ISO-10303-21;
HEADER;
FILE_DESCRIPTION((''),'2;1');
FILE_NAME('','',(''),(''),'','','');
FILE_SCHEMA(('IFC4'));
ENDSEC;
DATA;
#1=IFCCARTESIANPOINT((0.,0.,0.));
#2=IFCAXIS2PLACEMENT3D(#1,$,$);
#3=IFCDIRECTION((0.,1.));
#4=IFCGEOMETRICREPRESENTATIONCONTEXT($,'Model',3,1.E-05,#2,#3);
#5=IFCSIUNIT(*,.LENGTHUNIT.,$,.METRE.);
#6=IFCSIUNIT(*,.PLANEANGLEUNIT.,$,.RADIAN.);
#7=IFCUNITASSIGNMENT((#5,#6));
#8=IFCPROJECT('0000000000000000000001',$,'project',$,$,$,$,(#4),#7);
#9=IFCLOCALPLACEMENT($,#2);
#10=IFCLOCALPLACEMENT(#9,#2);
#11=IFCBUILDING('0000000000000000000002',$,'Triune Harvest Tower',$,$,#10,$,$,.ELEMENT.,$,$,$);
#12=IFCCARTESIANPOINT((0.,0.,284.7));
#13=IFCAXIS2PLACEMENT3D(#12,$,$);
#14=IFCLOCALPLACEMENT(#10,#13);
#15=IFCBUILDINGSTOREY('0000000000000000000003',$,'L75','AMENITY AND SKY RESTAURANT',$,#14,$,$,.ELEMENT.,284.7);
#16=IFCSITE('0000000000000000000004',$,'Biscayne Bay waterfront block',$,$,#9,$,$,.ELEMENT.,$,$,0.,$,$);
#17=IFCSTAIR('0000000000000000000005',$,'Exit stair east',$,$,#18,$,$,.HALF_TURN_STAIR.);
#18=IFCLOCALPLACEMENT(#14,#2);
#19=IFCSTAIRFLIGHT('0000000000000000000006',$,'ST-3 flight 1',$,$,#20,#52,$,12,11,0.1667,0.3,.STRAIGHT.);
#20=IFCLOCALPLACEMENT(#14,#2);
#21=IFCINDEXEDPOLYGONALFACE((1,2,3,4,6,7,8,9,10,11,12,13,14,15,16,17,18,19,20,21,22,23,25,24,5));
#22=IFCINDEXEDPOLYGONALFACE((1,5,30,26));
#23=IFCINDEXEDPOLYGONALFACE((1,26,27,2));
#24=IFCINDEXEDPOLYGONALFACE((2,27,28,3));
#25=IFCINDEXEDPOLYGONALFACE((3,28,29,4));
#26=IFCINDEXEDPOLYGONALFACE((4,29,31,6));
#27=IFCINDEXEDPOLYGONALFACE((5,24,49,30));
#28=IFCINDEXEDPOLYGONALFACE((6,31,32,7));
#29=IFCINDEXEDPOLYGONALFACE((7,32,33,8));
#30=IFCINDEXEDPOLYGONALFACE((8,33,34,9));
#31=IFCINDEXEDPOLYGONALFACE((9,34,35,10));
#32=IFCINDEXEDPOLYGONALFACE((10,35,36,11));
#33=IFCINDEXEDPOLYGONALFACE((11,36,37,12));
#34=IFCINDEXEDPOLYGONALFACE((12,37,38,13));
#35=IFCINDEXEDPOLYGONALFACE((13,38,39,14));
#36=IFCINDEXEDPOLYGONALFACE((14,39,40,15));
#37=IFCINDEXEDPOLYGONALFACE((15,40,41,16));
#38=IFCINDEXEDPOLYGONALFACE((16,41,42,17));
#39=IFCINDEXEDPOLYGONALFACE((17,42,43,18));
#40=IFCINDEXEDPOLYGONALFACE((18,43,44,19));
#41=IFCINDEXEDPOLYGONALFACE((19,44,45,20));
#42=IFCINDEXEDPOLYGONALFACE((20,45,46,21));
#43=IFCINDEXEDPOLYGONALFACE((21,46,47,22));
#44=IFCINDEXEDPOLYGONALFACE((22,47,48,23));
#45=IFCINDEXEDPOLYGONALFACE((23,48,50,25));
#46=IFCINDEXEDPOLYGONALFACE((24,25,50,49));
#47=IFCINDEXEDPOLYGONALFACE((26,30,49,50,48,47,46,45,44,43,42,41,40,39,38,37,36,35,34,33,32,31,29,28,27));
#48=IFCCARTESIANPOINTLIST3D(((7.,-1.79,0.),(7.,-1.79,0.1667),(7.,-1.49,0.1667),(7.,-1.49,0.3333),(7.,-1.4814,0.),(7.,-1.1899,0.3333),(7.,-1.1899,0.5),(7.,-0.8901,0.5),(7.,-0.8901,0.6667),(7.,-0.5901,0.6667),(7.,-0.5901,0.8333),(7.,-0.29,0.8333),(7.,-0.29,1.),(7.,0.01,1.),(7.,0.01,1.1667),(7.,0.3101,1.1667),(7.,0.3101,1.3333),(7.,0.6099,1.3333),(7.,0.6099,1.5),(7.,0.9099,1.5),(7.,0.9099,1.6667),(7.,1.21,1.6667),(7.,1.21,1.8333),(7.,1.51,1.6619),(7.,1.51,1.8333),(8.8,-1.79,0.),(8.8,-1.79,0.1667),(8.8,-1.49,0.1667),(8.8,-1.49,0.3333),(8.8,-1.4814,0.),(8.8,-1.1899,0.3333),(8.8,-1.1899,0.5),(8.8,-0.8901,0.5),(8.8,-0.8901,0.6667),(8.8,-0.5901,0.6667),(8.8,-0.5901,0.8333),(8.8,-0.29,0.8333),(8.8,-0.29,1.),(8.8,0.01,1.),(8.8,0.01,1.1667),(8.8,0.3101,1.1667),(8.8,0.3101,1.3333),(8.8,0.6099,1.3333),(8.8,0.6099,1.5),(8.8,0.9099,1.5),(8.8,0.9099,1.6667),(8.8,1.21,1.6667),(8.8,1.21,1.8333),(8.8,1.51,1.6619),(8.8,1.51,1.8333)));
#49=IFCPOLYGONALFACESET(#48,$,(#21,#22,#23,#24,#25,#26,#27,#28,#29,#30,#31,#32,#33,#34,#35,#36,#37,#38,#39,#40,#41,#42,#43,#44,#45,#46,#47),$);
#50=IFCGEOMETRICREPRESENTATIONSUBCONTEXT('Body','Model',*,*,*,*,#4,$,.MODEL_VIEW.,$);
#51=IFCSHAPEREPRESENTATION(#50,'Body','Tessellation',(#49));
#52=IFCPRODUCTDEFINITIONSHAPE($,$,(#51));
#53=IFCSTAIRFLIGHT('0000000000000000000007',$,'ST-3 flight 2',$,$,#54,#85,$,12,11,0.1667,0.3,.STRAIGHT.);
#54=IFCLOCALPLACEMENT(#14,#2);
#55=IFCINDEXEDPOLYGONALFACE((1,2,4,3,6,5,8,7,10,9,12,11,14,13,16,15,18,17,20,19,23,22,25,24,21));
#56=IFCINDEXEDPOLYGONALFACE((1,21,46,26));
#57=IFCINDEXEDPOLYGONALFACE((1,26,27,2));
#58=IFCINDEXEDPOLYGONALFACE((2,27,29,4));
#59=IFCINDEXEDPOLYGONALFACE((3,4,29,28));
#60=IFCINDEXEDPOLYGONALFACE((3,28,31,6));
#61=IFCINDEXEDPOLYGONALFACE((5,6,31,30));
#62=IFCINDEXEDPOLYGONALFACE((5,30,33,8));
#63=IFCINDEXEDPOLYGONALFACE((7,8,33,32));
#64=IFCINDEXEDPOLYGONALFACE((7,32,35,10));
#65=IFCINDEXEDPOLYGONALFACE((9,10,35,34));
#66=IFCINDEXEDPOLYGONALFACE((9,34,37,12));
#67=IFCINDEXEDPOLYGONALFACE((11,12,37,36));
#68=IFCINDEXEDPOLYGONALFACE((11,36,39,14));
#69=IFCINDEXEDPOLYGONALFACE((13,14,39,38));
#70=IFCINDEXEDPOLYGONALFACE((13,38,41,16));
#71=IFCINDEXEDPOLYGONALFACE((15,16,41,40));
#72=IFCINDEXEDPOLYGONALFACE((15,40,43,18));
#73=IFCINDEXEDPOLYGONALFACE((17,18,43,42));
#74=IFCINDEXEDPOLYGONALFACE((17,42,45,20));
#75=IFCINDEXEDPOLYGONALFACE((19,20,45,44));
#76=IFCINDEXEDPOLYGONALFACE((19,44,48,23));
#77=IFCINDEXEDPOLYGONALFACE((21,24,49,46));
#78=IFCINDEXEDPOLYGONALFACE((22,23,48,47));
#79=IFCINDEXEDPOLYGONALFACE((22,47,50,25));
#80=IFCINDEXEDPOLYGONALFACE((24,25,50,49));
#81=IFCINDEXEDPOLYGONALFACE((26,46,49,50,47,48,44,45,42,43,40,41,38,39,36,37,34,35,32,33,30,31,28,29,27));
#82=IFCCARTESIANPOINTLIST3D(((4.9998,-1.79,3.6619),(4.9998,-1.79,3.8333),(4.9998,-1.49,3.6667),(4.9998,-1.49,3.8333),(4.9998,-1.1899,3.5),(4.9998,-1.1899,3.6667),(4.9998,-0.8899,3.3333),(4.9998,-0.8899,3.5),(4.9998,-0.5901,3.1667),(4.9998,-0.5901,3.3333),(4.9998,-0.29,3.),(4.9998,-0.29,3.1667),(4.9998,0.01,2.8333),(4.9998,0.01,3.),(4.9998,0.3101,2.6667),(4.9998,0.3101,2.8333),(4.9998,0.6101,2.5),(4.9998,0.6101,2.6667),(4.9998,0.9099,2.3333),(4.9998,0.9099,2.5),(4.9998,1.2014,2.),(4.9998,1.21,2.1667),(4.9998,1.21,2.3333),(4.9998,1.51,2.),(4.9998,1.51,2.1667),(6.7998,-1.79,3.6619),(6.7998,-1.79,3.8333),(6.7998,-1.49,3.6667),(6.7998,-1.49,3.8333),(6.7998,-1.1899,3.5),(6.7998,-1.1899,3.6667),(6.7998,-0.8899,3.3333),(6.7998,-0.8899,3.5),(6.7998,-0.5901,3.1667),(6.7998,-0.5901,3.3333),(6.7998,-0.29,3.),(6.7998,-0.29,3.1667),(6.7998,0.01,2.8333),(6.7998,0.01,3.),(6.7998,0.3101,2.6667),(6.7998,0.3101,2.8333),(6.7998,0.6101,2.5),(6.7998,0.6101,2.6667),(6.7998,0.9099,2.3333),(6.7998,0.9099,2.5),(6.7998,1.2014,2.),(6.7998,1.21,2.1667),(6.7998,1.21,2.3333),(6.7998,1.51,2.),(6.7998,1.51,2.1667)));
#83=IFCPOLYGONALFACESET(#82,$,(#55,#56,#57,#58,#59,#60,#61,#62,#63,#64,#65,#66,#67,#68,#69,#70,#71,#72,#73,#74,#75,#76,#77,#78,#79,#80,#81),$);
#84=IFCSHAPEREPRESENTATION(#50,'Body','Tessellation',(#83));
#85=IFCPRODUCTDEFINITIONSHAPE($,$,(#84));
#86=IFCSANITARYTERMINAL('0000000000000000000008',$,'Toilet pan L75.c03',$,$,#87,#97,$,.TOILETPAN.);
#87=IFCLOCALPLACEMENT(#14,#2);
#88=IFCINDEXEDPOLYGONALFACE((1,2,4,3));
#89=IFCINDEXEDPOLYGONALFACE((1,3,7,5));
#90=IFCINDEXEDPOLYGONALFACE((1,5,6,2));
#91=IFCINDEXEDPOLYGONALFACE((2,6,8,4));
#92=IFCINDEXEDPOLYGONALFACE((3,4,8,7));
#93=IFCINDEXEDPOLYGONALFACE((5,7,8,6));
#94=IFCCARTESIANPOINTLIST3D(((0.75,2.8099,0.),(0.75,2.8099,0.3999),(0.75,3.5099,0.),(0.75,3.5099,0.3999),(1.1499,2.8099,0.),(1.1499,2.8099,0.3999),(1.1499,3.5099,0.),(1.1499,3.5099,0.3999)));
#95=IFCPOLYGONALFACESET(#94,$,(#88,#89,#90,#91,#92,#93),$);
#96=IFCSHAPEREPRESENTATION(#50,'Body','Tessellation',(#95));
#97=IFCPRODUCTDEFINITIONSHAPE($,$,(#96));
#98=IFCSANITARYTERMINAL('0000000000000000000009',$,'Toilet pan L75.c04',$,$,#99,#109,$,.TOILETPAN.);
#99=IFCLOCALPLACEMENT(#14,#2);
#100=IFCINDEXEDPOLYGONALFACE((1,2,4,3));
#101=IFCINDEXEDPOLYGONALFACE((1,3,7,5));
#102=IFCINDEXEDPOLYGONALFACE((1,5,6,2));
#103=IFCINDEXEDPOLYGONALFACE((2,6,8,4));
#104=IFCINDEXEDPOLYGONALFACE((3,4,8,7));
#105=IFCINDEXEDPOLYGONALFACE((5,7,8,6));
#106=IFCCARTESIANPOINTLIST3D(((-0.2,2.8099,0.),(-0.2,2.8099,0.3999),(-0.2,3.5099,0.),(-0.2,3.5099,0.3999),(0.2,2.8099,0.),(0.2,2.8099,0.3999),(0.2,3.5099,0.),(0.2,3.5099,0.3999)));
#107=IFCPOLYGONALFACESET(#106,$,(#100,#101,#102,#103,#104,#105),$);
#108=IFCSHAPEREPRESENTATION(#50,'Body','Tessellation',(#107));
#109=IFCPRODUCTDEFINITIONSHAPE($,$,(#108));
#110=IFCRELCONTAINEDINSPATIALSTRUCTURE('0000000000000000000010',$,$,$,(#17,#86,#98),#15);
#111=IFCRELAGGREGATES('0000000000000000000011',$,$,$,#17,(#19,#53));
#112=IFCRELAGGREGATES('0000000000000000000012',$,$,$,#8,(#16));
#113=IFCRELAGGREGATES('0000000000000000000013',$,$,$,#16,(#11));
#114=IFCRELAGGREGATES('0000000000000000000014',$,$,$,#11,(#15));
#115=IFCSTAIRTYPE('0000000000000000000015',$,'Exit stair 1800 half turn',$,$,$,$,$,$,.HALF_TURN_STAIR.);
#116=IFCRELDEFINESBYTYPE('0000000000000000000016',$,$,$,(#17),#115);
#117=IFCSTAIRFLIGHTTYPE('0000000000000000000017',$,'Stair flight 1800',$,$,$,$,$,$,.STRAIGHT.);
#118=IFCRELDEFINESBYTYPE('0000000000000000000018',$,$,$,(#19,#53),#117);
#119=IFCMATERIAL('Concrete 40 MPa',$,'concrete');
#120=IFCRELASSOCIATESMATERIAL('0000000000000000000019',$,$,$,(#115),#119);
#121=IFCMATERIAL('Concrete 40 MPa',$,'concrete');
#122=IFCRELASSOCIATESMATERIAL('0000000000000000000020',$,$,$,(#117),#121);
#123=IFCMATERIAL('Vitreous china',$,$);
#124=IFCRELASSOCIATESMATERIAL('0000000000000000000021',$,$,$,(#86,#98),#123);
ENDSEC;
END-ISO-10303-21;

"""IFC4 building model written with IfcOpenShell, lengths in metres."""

from ifc_helpers import new_model, si_unit, direction, frame, origin, origin_2d, place, context, subcontext, project, spatial, polyline, rectangle, outline, extrude, source, transform, mapped, material, type_object, element, aggregate, save


model = new_model("IFC4")

# Units and contexts
model_context = context("Model", 3, precision=1e-05, world=origin(), true_north=direction((0.0, 1.0)))
body_context = subcontext(model_context, "Body", "Model", "MODEL_VIEW")
ifc_project = project(units=[si_unit("LENGTHUNIT", "METRE"), si_unit("PLANEANGLEUNIT", "RADIAN")], contexts=[model_context])

# Site, building, storey
site_placement = place(None, origin())
site = spatial("IfcSite", under=ifc_project, at=site_placement, Name="Biscayne Bay waterfront block", CompositionType="ELEMENT", RefElevation=0.0)
building_placement = place(site_placement, origin())
building = spatial("IfcBuilding", under=site, at=building_placement, Name="Triune Harvest Tower", CompositionType="ELEMENT")
storey_placement = place(building_placement, frame((0.0, 0.0, 284.7)))
storey = spatial("IfcBuildingStorey", under=building, at=storey_placement, Name="L75", Description="AMENITY AND SKY RESTAURANT", CompositionType="ELEMENT", Elevation=284.7)

# Stair
ifc_material_1 = material(Name="Concrete 40 MPa", Category="concrete")
stair_type = type_object("IfcStairType", Name="Exit stair 1800 half turn", PredefinedType="HALF_TURN_STAIR", material=ifc_material_1)
stair_1_placement = place(storey_placement, origin())
stair_1 = element("IfcStair", 1, at=stair_1_placement, inside=storey, type_object=stair_type, Name="Exit stair east", PredefinedType="HALF_TURN_STAIR")

# Stair flights
ifc_material_2 = material(Name="Concrete 40 MPa", Category="concrete")
stair_flight_type = type_object("IfcStairFlightType", Name="Stair flight 1800", PredefinedType="STRAIGHT", material=ifc_material_2)
shared_shape_1 = source(origin(), body_context, "Body", "SweptSolid", [
    extrude(outline(polyline([(0.0, 0.0), (0.0, 0.1667), (0.3, 0.1667), (0.3, 0.3333), (0.6001, 0.3333), (0.6001, 0.5), (0.8999, 0.5), (0.8999, 0.6667), (1.2, 0.6667), (1.2, 0.8333), (1.5, 0.8333), (1.5, 1.0), (1.8, 1.0), (1.8, 1.1667), (2.1001, 1.1667), (2.1001, 1.3333), (2.3999, 1.3333), (2.3999, 1.5), (2.7, 1.5), (2.7, 1.6667), (3.0, 1.6667), (3.0, 1.8333), (3.3, 1.8333), (3.3, 2.0), (3.3, 1.6619), (0.3086, 0.0), (0.0, 0.0)])), frame((0.0, 0.8999, 0.0), z_axis=(0.0, -1.0, 0.0), x_axis=(1.0, 0.0, 0.0)), (0.0, 0.0, 1.0), 1.8),
])
stair_flight_1_placement = place(storey_placement, frame((7.8999, -1.79, 0.0), z_axis=(0.0, 0.0, 1.0), x_axis=(0.0, 1.0, 0.0)))
stair_flight_1 = element("IfcStairFlight", 2, at=stair_flight_1_placement, type_object=stair_flight_type, Name="ST-3 flight 1", NumberOfRisers=12, NumberOfTreads=11, PredefinedType="STRAIGHT", RiserHeight=0.1667, TreadLength=0.3, context=body_context, shape_type="MappedRepresentation", body=[
    mapped(shared_shape_1, transform((0.0, 0.0, 0.0), scale=1.0)),
])
stair_flight_2_placement = place(storey_placement, frame((5.8999, 1.51, 2.0), z_axis=(0.0, 0.0, 1.0), x_axis=(0.0, -1.0, 0.0)))
stair_flight_2 = element("IfcStairFlight", 3, at=stair_flight_2_placement, type_object=stair_flight_type, Name="ST-3 flight 2", NumberOfRisers=12, NumberOfTreads=11, PredefinedType="STRAIGHT", RiserHeight=0.1667, TreadLength=0.3, context=body_context, shape_type="MappedRepresentation", body=[
    mapped(shared_shape_1, transform((0.0, 0.0, 0.0), scale=1.0)),
])
aggregate(stair_1, [stair_flight_1, stair_flight_2])

# Sanitary terminals
ifc_material_3 = material(Name="Vitreous china")
shared_shape_2 = source(origin(), body_context, "Body", "SweptSolid", [
    extrude(rectangle(XDim=0.3999, YDim=0.7, at=origin_2d()), origin(), (0.0, 0.0, 1.0), 0.3999),
])
for number, where, z_axis, x_axis, name in (
    (4, (0.95, 3.1599, 0.0), (0.0, 0.0, 1.0), (-1.0, 0.0, 0.0), "Toilet pan L75.c03"),
    (5, (0.0, 3.1599, 0.0), (0.0, 0.0, 1.0), (-1.0, 0.0, 0.0), "Toilet pan L75.c04"),
):
    element("IfcSanitaryTerminal", number, at=place(storey_placement, frame(where, z_axis=z_axis, x_axis=x_axis)), inside=storey, material=ifc_material_3, Name=name, PredefinedType="TOILETPAN", context=body_context, shape_type="MappedRepresentation", body=[
        mapped(shared_shape_2, transform((0.0, 0.0, 0.0), scale=1.0)),
    ])

save(model, "model.ifc")
